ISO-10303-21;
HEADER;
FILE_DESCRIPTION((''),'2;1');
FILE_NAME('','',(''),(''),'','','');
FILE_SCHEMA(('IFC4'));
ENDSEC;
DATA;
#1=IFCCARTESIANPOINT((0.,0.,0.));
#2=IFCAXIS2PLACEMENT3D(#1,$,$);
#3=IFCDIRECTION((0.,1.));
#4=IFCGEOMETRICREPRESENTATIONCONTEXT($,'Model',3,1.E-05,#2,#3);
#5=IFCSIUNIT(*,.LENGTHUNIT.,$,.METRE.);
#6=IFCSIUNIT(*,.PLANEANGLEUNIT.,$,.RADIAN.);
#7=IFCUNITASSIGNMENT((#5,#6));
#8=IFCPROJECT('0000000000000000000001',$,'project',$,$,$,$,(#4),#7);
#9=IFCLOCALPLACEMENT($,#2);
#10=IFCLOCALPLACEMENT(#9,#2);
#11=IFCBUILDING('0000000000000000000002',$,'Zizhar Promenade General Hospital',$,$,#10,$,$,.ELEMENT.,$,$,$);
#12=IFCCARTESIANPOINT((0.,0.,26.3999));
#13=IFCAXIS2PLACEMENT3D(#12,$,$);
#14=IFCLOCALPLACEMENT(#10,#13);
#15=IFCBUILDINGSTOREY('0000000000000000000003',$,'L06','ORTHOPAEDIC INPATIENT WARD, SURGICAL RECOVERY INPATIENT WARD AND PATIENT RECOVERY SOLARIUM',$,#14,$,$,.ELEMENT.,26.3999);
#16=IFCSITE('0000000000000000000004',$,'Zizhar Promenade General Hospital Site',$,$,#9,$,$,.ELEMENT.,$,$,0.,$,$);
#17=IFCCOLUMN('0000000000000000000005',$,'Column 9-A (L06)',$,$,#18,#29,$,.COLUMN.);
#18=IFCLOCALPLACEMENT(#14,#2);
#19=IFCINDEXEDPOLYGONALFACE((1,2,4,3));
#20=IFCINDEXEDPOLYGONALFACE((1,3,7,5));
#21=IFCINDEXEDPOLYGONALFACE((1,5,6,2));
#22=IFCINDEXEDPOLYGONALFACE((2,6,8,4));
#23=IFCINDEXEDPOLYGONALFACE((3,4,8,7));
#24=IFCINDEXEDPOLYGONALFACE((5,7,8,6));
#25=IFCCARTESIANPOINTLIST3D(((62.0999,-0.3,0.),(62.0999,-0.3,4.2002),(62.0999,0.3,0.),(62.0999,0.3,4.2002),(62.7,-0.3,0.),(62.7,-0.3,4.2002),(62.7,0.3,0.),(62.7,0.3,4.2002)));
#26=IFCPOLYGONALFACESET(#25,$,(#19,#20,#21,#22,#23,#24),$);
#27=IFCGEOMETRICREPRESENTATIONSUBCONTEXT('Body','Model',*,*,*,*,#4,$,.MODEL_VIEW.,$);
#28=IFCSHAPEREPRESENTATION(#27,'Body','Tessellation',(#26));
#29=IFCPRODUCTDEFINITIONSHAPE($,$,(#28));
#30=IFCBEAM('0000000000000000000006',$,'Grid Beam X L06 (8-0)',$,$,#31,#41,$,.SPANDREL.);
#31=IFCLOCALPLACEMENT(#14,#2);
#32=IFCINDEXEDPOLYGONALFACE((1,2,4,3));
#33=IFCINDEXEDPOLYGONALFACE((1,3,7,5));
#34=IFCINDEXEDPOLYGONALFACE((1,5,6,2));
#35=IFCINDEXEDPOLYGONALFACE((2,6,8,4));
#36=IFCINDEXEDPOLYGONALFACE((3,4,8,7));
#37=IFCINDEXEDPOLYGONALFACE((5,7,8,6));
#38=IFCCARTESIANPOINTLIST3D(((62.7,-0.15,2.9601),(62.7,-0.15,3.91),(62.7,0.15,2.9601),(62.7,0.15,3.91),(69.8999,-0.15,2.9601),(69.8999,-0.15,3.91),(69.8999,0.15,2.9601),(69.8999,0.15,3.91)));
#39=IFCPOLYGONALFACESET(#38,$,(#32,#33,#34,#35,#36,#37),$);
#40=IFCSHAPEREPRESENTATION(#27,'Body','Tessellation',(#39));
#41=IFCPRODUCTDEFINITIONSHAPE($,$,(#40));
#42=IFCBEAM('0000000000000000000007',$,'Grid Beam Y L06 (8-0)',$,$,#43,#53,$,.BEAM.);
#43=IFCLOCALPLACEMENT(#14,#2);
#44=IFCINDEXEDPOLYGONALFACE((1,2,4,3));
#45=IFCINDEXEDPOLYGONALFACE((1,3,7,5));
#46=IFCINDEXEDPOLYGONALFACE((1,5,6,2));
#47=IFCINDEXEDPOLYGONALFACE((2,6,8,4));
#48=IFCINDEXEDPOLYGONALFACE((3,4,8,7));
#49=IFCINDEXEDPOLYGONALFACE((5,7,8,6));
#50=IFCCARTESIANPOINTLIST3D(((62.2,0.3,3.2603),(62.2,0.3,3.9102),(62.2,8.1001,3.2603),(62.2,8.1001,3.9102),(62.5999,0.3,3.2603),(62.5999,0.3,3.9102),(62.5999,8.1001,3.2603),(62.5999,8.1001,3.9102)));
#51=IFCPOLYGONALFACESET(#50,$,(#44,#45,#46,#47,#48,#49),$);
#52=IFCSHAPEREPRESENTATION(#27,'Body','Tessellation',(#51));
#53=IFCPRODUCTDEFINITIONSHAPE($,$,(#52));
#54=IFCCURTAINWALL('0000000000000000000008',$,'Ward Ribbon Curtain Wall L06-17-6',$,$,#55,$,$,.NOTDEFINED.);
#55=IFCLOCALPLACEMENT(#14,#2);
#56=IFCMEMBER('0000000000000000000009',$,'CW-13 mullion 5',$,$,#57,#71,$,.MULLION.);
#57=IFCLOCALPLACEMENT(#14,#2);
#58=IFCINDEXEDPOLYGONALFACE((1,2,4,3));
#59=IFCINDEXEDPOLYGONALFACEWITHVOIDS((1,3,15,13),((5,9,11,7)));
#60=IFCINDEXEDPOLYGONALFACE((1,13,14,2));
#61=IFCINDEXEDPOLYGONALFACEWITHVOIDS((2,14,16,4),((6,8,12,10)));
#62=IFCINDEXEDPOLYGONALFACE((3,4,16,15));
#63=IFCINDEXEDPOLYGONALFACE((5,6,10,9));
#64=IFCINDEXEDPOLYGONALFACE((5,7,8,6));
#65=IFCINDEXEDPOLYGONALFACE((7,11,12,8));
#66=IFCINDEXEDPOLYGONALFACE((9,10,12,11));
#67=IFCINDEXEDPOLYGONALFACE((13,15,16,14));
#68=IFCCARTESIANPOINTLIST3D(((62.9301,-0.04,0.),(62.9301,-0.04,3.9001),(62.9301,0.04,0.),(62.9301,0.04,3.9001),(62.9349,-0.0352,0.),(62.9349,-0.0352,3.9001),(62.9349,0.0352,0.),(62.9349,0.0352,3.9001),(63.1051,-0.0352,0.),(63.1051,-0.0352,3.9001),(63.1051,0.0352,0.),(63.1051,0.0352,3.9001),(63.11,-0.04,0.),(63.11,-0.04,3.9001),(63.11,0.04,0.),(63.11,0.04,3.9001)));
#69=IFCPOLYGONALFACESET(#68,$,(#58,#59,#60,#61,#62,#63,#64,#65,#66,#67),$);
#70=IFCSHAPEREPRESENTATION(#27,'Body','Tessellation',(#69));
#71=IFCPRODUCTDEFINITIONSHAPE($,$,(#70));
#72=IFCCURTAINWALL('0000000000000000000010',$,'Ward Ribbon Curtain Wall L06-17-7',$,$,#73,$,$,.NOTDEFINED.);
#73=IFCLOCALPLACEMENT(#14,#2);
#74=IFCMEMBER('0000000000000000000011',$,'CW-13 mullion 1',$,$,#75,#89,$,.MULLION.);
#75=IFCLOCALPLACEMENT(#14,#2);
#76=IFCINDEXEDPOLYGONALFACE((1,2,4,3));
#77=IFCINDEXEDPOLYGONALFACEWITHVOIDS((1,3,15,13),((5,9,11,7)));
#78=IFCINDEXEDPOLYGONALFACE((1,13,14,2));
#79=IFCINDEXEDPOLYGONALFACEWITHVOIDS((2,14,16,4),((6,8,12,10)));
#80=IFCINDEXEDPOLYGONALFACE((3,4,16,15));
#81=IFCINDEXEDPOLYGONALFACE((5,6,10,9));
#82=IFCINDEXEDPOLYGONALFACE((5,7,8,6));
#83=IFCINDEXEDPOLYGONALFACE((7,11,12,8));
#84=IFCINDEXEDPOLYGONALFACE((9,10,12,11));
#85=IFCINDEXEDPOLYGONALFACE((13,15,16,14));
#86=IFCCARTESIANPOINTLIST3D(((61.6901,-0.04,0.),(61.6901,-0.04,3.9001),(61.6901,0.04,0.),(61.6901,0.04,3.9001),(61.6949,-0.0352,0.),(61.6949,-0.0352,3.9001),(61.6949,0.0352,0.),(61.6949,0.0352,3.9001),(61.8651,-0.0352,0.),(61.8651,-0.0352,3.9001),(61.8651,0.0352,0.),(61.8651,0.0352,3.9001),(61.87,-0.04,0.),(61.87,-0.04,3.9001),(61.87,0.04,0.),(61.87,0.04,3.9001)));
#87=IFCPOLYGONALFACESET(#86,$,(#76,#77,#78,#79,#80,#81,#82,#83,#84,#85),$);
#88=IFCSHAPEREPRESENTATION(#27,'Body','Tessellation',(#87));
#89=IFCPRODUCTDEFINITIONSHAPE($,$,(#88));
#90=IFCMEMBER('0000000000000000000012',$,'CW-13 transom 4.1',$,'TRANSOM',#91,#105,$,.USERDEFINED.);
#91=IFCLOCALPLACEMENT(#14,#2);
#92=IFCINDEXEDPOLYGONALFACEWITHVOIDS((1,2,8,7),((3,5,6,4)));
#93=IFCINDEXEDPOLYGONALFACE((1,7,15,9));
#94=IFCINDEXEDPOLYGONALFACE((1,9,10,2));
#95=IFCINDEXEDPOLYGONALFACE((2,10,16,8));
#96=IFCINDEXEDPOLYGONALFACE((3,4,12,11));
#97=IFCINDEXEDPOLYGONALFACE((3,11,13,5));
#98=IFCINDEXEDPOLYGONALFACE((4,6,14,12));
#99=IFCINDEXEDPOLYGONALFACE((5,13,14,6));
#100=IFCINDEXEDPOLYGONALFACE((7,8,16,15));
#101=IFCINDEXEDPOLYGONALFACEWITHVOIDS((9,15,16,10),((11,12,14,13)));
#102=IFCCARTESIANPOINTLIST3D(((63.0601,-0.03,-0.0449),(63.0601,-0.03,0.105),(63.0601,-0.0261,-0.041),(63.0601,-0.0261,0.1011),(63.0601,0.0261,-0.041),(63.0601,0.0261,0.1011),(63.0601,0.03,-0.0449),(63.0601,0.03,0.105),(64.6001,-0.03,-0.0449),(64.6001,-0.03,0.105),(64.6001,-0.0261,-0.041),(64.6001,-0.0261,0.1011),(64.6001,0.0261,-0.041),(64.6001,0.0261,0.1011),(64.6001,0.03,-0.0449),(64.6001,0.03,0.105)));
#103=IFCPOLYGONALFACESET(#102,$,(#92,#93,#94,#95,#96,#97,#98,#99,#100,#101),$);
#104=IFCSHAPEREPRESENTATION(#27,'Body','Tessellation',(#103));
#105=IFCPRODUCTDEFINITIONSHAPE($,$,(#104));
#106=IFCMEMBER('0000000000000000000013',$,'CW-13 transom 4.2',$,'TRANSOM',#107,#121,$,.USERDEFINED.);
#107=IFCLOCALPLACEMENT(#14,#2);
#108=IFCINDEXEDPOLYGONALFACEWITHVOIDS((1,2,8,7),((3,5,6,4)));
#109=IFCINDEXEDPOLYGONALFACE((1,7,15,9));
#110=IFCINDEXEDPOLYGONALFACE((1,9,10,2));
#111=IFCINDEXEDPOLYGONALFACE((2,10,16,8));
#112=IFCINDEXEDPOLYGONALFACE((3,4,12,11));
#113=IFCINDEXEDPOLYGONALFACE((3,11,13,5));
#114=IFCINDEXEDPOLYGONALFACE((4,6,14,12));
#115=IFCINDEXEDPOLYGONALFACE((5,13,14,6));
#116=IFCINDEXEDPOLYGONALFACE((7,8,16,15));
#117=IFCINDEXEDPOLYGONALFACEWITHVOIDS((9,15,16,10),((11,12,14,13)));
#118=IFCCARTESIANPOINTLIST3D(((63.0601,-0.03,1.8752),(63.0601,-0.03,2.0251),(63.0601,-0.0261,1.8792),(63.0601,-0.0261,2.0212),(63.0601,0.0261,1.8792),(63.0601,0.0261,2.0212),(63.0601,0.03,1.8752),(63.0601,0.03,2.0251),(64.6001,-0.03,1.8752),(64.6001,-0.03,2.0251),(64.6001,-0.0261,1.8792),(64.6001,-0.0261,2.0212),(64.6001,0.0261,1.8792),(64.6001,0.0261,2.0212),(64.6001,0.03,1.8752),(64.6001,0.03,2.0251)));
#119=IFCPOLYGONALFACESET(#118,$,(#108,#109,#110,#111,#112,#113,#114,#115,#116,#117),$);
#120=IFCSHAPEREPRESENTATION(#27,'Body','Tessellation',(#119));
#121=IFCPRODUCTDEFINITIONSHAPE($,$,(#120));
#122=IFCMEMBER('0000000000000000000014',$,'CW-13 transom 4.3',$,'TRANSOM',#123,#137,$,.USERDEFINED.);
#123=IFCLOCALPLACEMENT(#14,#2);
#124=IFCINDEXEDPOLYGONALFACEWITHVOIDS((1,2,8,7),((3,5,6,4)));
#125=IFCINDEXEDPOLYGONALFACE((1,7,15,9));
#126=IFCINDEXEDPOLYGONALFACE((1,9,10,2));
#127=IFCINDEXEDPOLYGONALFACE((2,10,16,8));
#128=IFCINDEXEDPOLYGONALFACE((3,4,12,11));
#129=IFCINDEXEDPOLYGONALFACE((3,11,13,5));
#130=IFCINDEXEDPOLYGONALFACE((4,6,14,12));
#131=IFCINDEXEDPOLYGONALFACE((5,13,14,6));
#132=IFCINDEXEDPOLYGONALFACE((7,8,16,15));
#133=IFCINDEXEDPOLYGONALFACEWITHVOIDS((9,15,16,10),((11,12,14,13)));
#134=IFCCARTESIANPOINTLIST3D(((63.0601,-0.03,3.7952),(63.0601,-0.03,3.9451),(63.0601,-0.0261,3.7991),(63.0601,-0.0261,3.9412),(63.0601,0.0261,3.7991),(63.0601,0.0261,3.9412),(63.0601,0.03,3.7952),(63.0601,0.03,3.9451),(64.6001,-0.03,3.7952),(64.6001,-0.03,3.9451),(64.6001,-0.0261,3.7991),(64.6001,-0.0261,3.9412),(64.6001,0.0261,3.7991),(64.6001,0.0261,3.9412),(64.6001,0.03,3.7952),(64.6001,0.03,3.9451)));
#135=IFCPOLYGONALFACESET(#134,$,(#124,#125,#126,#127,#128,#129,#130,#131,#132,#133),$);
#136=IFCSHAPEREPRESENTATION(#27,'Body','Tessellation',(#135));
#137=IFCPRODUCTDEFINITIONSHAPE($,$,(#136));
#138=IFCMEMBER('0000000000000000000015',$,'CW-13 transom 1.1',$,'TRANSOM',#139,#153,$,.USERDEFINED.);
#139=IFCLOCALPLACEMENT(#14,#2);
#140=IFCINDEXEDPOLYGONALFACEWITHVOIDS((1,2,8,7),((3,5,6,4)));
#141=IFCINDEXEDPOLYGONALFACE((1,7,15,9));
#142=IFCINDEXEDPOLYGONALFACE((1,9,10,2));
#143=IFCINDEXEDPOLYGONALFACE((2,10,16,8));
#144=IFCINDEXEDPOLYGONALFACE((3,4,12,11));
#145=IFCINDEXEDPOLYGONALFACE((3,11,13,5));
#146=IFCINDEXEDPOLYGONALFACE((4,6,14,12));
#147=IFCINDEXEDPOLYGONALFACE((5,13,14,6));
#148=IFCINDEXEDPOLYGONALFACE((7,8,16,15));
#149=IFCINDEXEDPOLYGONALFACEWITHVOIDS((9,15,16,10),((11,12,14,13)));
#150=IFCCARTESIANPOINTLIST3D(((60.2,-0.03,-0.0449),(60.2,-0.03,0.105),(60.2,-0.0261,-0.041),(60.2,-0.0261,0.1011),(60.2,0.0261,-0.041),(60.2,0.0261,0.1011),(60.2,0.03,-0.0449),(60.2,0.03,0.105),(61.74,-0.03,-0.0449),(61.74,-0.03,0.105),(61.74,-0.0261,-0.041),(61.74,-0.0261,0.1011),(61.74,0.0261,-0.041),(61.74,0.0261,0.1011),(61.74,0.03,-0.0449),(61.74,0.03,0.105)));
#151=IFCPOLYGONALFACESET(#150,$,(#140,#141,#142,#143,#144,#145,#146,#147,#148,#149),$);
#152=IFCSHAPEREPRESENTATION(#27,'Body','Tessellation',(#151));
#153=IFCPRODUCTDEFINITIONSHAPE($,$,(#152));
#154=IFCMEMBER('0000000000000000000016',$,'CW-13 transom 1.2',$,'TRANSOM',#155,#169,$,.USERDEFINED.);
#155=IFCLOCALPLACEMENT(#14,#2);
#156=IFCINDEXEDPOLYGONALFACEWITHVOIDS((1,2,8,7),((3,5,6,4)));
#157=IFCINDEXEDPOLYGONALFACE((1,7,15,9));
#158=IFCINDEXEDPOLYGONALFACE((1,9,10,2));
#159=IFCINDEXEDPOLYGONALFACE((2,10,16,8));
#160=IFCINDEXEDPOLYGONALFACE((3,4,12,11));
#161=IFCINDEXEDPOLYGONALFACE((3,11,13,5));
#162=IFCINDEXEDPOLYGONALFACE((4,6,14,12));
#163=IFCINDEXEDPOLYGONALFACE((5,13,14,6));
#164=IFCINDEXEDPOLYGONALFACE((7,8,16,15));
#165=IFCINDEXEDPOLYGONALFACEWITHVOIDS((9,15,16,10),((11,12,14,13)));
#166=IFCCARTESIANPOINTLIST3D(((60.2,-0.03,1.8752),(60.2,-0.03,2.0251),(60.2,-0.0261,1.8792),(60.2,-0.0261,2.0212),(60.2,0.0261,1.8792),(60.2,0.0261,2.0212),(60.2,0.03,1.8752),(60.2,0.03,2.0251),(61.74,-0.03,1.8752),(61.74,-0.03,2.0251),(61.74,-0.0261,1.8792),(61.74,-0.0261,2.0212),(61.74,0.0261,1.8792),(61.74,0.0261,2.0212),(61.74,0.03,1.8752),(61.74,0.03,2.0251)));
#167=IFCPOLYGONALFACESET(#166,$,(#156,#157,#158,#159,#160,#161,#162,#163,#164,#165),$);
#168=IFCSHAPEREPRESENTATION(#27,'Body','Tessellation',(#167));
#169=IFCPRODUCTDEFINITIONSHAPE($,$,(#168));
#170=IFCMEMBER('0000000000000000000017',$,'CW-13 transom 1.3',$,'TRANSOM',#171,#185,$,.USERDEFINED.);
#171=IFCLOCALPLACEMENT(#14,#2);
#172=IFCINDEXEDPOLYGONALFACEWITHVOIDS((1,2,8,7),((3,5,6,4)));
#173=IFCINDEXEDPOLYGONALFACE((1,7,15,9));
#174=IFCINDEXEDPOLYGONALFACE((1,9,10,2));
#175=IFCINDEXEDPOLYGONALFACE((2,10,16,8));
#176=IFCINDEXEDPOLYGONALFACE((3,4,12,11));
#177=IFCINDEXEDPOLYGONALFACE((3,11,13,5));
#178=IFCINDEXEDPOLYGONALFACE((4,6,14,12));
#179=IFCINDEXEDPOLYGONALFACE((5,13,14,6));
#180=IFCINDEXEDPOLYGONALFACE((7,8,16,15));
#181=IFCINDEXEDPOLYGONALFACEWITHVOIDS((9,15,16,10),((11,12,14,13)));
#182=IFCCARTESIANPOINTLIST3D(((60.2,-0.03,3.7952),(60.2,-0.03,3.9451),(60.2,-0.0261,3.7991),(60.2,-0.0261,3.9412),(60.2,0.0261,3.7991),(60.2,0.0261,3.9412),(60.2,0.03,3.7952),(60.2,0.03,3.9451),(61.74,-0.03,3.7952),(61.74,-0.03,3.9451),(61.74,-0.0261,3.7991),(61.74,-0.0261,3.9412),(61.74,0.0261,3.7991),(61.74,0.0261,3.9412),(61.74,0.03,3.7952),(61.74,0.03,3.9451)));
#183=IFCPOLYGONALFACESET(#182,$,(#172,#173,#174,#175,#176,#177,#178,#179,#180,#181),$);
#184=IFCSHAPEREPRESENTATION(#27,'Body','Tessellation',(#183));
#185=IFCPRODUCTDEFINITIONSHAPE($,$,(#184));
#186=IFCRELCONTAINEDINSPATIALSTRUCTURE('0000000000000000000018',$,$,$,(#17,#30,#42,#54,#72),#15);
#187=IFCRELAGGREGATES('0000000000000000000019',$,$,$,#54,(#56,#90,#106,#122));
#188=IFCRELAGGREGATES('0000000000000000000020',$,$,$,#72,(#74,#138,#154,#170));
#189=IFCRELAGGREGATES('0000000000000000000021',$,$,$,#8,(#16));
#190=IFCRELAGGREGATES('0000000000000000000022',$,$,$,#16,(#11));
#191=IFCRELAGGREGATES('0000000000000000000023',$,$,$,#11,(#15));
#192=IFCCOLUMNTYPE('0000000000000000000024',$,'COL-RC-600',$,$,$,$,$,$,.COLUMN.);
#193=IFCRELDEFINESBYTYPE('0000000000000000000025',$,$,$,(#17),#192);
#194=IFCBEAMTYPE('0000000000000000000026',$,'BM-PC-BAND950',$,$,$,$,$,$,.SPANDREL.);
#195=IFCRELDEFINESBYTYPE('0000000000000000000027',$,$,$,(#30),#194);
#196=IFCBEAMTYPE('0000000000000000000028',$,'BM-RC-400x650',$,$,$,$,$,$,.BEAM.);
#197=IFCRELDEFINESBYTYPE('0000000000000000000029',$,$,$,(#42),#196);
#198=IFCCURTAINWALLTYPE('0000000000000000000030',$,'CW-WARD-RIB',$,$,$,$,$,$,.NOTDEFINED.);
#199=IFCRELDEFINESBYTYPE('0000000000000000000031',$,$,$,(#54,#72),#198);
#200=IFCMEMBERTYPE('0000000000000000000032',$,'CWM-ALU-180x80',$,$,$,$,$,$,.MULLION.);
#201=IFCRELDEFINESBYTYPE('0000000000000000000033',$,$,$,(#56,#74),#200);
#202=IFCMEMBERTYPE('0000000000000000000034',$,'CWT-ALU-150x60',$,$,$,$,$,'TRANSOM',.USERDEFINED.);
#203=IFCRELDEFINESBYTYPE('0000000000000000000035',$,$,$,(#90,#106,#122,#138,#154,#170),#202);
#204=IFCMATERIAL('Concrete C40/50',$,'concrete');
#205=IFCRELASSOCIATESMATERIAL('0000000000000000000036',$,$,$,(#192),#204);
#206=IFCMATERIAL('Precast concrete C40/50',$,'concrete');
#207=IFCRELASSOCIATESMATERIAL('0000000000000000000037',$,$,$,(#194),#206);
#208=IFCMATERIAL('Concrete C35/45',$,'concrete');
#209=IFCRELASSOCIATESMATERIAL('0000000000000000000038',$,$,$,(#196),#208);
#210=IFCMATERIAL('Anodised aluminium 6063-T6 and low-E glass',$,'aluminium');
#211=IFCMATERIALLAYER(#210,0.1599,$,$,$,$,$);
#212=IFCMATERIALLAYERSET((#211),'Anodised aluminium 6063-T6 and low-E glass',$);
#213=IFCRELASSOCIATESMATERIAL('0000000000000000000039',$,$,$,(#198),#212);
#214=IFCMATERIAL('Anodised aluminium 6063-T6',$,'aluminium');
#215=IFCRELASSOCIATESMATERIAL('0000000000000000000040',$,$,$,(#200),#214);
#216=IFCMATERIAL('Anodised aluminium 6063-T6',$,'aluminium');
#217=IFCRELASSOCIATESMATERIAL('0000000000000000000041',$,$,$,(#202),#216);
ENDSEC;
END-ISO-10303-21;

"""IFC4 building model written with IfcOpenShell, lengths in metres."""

from ifc_helpers import new_model, si_unit, direction, frame, origin, origin_2d, place, context, subcontext, project, spatial, rectangle, hollow_rectangle, extrude, material, layer, layer_set, material_profile, profile_set, type_object, element, aggregate, save


model = new_model("IFC4")

# Units and contexts
model_context = context("Model", 3, precision=1e-05, world=origin(), true_north=direction((0.0, 1.0)))
body_context = subcontext(model_context, "Body", "Model", "MODEL_VIEW")
ifc_project = project(units=[si_unit("LENGTHUNIT", "METRE"), si_unit("PLANEANGLEUNIT", "RADIAN")], contexts=[model_context])

# Site, building, storey
site_placement = place(None, origin())
site = spatial("IfcSite", under=ifc_project, at=site_placement, Name="Zizhar Promenade General Hospital Site", CompositionType="ELEMENT", RefElevation=0.0)
building_placement = place(site_placement, origin())
building = spatial("IfcBuilding", under=site, at=building_placement, Name="Zizhar Promenade General Hospital", CompositionType="ELEMENT")
storey_placement = place(building_placement, frame((0.0, 0.0, 26.3999)))
storey = spatial("IfcBuildingStorey", under=building, at=storey_placement, Name="L06", Description="ORTHOPAEDIC INPATIENT WARD, SURGICAL RECOVERY INPATIENT WARD AND PATIENT RECOVERY SOLARIUM", CompositionType="ELEMENT", Elevation=26.3999)

# Column
ifc_material_1 = material(Name="Concrete C40/50", Category="concrete")
ifc_material_profile_1 = material_profile(ifc_material_1, rectangle(XDim=0.6001, YDim=0.6001, at=origin_2d()))
ifc_profile_set_1 = profile_set([ifc_material_profile_1], Name="Concrete C40/50")
column_type = type_object("IfcColumnType", Name="COL-RC-600", PredefinedType="COLUMN", material=ifc_profile_set_1)
column_placement = place(storey_placement, frame((62.3999, 0.0, 0.0), z_axis=(0.0, 0.0, 1.0), x_axis=(1.0, 0.0, 0.0)))
element("IfcColumn", 1, at=column_placement, inside=storey, type_object=column_type, Name="Column 9-A (L06)", PredefinedType="COLUMN", context=body_context, shape_type="SweptSolid", body=[
    extrude(rectangle(XDim=0.6001, YDim=0.6001, at=origin_2d()), origin(), (0.0, 0.0, 1.0), 4.2002),
])

# Beams
ifc_material_2 = material(Name="Precast concrete C40/50", Category="concrete")
ifc_material_profile_2 = material_profile(ifc_material_2, rectangle(XDim=0.3, YDim=0.95, at=origin_2d()))
ifc_profile_set_2 = profile_set([ifc_material_profile_2], Name="Precast concrete C40/50")
beam_type_1 = type_object("IfcBeamType", Name="BM-PC-BAND950", PredefinedType="SPANDREL", material=ifc_profile_set_2)
beam_1_placement = place(storey_placement, frame((62.7, 0.0, 3.4351), z_axis=(1.0, 0.0, 0.0), x_axis=(0.0, 1.0, 0.0)))
element("IfcBeam", 2, at=beam_1_placement, inside=storey, type_object=beam_type_1, Name="Grid Beam X L06 (8-0)", PredefinedType="SPANDREL", context=body_context, shape_type="SweptSolid", body=[
    extrude(rectangle(XDim=0.3, YDim=0.95, at=origin_2d()), origin(), (0.0, 0.0, 1.0), 7.2),
])
ifc_material_3 = material(Name="Concrete C35/45", Category="concrete")
ifc_material_profile_3 = material_profile(ifc_material_3, rectangle(XDim=0.3999, YDim=0.6499, at=origin_2d()))
ifc_profile_set_3 = profile_set([ifc_material_profile_3], Name="Concrete C35/45")
beam_type_2 = type_object("IfcBeamType", Name="BM-RC-400x650", PredefinedType="BEAM", material=ifc_profile_set_3)
beam_2_placement = place(storey_placement, frame((62.3999, 0.3, 3.5852), z_axis=(0.0, 1.0, 0.0), x_axis=(-1.0, 0.0, 0.0)))
element("IfcBeam", 3, at=beam_2_placement, inside=storey, type_object=beam_type_2, Name="Grid Beam Y L06 (8-0)", PredefinedType="BEAM", context=body_context, shape_type="SweptSolid", body=[
    extrude(rectangle(XDim=0.3999, YDim=0.6499, at=origin_2d()), origin(), (0.0, 0.0, 1.0), 7.8),
])

# Curtain walls, members
ifc_material_4 = material(Name="Anodised aluminium 6063-T6 and low-E glass", Category="aluminium")
ifc_layer_1 = layer(ifc_material_4, 0.1599)
ifc_layer_set_1 = layer_set([ifc_layer_1], Name="Anodised aluminium 6063-T6 and low-E glass")
curtain_wall_type = type_object("IfcCurtainWallType", Name="CW-WARD-RIB", PredefinedType="NOTDEFINED", material=ifc_layer_set_1)
curtain_wall_1_placement = place(storey_placement, origin())
curtain_wall_1 = element("IfcCurtainWall", 4, at=curtain_wall_1_placement, inside=storey, type_object=curtain_wall_type, Name="Ward Ribbon Curtain Wall L06-17-6", PredefinedType="NOTDEFINED")
ifc_material_5 = material(Name="Anodised aluminium 6063-T6", Category="aluminium")
ifc_material_profile_4 = material_profile(ifc_material_5, hollow_rectangle(XDim=0.0801, YDim=0.1799, WallThickness=0.0049, at=origin_2d()))
ifc_profile_set_4 = profile_set([ifc_material_profile_4], Name="Anodised aluminium 6063-T6")
member_type_1 = type_object("IfcMemberType", Name="CWM-ALU-180x80", PredefinedType="MULLION", material=ifc_profile_set_4)
member_1_placement = place(storey_placement, frame((63.02, 0.0, 0.0), z_axis=(0.0, 0.0, 1.0), x_axis=(0.0, -1.0, 0.0)))
member_1 = element("IfcMember", 5, at=member_1_placement, type_object=member_type_1, Name="CW-13 mullion 5", PredefinedType="MULLION", context=body_context, shape_type="SweptSolid", body=[
    extrude(hollow_rectangle(XDim=0.0801, YDim=0.1799, WallThickness=0.0049, at=origin_2d()), origin(), (0.0, 0.0, 1.0), 3.9001),
])
curtain_wall_2_placement = place(storey_placement, origin())
curtain_wall_2 = element("IfcCurtainWall", 6, at=curtain_wall_2_placement, inside=storey, type_object=curtain_wall_type, Name="Ward Ribbon Curtain Wall L06-17-7", PredefinedType="NOTDEFINED")
member_2_placement = place(storey_placement, frame((61.78, 0.0, 0.0), z_axis=(0.0, 0.0, 1.0), x_axis=(0.0, -1.0, 0.0)))
member_2 = element("IfcMember", 7, at=member_2_placement, type_object=member_type_1, Name="CW-13 mullion 1", PredefinedType="MULLION", context=body_context, shape_type="SweptSolid", body=[
    extrude(hollow_rectangle(XDim=0.0801, YDim=0.1799, WallThickness=0.0049, at=origin_2d()), origin(), (0.0, 0.0, 1.0), 3.9001),
])

# Members
ifc_material_6 = material(Name="Anodised aluminium 6063-T6", Category="aluminium")
ifc_material_profile_5 = material_profile(ifc_material_6, hollow_rectangle(XDim=0.0601, YDim=0.1499, WallThickness=0.0039, at=origin_2d()))
ifc_profile_set_5 = profile_set([ifc_material_profile_5], Name="Anodised aluminium 6063-T6")
member_type_2 = type_object("IfcMemberType", Name="CWT-ALU-150x60", ElementType="TRANSOM", PredefinedType="USERDEFINED", material=ifc_profile_set_5)
member_3_placement = place(storey_placement, frame((64.6001, 0.0, 0.03), z_axis=(-1.0, 0.0, 0.0), x_axis=(0.0, -1.0, 0.0)))
member_3 = element("IfcMember", 8, at=member_3_placement, type_object=member_type_2, Name="CW-13 transom 4.1", ObjectType="TRANSOM", PredefinedType="USERDEFINED", context=body_context, shape_type="SweptSolid", body=[
    extrude(hollow_rectangle(XDim=0.0601, YDim=0.1499, WallThickness=0.0039, at=origin_2d()), origin(), (0.0, 0.0, 1.0), 1.54),
])
member_4_placement = place(storey_placement, frame((64.6001, 0.0, 1.9502), z_axis=(-1.0, 0.0, 0.0), x_axis=(0.0, -1.0, 0.0)))
member_4 = element("IfcMember", 9, at=member_4_placement, type_object=member_type_2, Name="CW-13 transom 4.2", ObjectType="TRANSOM", PredefinedType="USERDEFINED", context=body_context, shape_type="SweptSolid", body=[
    extrude(hollow_rectangle(XDim=0.0601, YDim=0.1499, WallThickness=0.0039, at=origin_2d()), origin(), (0.0, 0.0, 1.0), 1.54),
])
member_5_placement = place(storey_placement, frame((64.6001, 0.0, 3.8701), z_axis=(-1.0, 0.0, 0.0), x_axis=(0.0, -1.0, 0.0)))
member_5 = element("IfcMember", 10, at=member_5_placement, type_object=member_type_2, Name="CW-13 transom 4.3", ObjectType="TRANSOM", PredefinedType="USERDEFINED", context=body_context, shape_type="SweptSolid", body=[
    extrude(hollow_rectangle(XDim=0.0601, YDim=0.1499, WallThickness=0.0039, at=origin_2d()), origin(), (0.0, 0.0, 1.0), 1.54),
])
member_6_placement = place(storey_placement, frame((61.74, 0.0, 0.03), z_axis=(-1.0, 0.0, 0.0), x_axis=(0.0, -1.0, 0.0)))
member_6 = element("IfcMember", 11, at=member_6_placement, type_object=member_type_2, Name="CW-13 transom 1.1", ObjectType="TRANSOM", PredefinedType="USERDEFINED", context=body_context, shape_type="SweptSolid", body=[
    extrude(hollow_rectangle(XDim=0.0601, YDim=0.1499, WallThickness=0.0039, at=origin_2d()), origin(), (0.0, 0.0, 1.0), 1.54),
])
member_7_placement = place(storey_placement, frame((61.74, 0.0, 1.9502), z_axis=(-1.0, 0.0, 0.0), x_axis=(0.0, -1.0, 0.0)))
member_7 = element("IfcMember", 12, at=member_7_placement, type_object=member_type_2, Name="CW-13 transom 1.2", ObjectType="TRANSOM", PredefinedType="USERDEFINED", context=body_context, shape_type="SweptSolid", body=[
    extrude(hollow_rectangle(XDim=0.0601, YDim=0.1499, WallThickness=0.0039, at=origin_2d()), origin(), (0.0, 0.0, 1.0), 1.54),
])
member_8_placement = place(storey_placement, frame((61.74, 0.0, 3.8701), z_axis=(-1.0, 0.0, 0.0), x_axis=(0.0, -1.0, 0.0)))
member_8 = element("IfcMember", 13, at=member_8_placement, type_object=member_type_2, Name="CW-13 transom 1.3", ObjectType="TRANSOM", PredefinedType="USERDEFINED", context=body_context, shape_type="SweptSolid", body=[
    extrude(hollow_rectangle(XDim=0.0601, YDim=0.1499, WallThickness=0.0039, at=origin_2d()), origin(), (0.0, 0.0, 1.0), 1.54),
])

aggregate(curtain_wall_1, [member_1, member_3, member_4, member_5])
aggregate(curtain_wall_2, [member_2, member_6, member_7, member_8])

save(model, "model.ifc")
